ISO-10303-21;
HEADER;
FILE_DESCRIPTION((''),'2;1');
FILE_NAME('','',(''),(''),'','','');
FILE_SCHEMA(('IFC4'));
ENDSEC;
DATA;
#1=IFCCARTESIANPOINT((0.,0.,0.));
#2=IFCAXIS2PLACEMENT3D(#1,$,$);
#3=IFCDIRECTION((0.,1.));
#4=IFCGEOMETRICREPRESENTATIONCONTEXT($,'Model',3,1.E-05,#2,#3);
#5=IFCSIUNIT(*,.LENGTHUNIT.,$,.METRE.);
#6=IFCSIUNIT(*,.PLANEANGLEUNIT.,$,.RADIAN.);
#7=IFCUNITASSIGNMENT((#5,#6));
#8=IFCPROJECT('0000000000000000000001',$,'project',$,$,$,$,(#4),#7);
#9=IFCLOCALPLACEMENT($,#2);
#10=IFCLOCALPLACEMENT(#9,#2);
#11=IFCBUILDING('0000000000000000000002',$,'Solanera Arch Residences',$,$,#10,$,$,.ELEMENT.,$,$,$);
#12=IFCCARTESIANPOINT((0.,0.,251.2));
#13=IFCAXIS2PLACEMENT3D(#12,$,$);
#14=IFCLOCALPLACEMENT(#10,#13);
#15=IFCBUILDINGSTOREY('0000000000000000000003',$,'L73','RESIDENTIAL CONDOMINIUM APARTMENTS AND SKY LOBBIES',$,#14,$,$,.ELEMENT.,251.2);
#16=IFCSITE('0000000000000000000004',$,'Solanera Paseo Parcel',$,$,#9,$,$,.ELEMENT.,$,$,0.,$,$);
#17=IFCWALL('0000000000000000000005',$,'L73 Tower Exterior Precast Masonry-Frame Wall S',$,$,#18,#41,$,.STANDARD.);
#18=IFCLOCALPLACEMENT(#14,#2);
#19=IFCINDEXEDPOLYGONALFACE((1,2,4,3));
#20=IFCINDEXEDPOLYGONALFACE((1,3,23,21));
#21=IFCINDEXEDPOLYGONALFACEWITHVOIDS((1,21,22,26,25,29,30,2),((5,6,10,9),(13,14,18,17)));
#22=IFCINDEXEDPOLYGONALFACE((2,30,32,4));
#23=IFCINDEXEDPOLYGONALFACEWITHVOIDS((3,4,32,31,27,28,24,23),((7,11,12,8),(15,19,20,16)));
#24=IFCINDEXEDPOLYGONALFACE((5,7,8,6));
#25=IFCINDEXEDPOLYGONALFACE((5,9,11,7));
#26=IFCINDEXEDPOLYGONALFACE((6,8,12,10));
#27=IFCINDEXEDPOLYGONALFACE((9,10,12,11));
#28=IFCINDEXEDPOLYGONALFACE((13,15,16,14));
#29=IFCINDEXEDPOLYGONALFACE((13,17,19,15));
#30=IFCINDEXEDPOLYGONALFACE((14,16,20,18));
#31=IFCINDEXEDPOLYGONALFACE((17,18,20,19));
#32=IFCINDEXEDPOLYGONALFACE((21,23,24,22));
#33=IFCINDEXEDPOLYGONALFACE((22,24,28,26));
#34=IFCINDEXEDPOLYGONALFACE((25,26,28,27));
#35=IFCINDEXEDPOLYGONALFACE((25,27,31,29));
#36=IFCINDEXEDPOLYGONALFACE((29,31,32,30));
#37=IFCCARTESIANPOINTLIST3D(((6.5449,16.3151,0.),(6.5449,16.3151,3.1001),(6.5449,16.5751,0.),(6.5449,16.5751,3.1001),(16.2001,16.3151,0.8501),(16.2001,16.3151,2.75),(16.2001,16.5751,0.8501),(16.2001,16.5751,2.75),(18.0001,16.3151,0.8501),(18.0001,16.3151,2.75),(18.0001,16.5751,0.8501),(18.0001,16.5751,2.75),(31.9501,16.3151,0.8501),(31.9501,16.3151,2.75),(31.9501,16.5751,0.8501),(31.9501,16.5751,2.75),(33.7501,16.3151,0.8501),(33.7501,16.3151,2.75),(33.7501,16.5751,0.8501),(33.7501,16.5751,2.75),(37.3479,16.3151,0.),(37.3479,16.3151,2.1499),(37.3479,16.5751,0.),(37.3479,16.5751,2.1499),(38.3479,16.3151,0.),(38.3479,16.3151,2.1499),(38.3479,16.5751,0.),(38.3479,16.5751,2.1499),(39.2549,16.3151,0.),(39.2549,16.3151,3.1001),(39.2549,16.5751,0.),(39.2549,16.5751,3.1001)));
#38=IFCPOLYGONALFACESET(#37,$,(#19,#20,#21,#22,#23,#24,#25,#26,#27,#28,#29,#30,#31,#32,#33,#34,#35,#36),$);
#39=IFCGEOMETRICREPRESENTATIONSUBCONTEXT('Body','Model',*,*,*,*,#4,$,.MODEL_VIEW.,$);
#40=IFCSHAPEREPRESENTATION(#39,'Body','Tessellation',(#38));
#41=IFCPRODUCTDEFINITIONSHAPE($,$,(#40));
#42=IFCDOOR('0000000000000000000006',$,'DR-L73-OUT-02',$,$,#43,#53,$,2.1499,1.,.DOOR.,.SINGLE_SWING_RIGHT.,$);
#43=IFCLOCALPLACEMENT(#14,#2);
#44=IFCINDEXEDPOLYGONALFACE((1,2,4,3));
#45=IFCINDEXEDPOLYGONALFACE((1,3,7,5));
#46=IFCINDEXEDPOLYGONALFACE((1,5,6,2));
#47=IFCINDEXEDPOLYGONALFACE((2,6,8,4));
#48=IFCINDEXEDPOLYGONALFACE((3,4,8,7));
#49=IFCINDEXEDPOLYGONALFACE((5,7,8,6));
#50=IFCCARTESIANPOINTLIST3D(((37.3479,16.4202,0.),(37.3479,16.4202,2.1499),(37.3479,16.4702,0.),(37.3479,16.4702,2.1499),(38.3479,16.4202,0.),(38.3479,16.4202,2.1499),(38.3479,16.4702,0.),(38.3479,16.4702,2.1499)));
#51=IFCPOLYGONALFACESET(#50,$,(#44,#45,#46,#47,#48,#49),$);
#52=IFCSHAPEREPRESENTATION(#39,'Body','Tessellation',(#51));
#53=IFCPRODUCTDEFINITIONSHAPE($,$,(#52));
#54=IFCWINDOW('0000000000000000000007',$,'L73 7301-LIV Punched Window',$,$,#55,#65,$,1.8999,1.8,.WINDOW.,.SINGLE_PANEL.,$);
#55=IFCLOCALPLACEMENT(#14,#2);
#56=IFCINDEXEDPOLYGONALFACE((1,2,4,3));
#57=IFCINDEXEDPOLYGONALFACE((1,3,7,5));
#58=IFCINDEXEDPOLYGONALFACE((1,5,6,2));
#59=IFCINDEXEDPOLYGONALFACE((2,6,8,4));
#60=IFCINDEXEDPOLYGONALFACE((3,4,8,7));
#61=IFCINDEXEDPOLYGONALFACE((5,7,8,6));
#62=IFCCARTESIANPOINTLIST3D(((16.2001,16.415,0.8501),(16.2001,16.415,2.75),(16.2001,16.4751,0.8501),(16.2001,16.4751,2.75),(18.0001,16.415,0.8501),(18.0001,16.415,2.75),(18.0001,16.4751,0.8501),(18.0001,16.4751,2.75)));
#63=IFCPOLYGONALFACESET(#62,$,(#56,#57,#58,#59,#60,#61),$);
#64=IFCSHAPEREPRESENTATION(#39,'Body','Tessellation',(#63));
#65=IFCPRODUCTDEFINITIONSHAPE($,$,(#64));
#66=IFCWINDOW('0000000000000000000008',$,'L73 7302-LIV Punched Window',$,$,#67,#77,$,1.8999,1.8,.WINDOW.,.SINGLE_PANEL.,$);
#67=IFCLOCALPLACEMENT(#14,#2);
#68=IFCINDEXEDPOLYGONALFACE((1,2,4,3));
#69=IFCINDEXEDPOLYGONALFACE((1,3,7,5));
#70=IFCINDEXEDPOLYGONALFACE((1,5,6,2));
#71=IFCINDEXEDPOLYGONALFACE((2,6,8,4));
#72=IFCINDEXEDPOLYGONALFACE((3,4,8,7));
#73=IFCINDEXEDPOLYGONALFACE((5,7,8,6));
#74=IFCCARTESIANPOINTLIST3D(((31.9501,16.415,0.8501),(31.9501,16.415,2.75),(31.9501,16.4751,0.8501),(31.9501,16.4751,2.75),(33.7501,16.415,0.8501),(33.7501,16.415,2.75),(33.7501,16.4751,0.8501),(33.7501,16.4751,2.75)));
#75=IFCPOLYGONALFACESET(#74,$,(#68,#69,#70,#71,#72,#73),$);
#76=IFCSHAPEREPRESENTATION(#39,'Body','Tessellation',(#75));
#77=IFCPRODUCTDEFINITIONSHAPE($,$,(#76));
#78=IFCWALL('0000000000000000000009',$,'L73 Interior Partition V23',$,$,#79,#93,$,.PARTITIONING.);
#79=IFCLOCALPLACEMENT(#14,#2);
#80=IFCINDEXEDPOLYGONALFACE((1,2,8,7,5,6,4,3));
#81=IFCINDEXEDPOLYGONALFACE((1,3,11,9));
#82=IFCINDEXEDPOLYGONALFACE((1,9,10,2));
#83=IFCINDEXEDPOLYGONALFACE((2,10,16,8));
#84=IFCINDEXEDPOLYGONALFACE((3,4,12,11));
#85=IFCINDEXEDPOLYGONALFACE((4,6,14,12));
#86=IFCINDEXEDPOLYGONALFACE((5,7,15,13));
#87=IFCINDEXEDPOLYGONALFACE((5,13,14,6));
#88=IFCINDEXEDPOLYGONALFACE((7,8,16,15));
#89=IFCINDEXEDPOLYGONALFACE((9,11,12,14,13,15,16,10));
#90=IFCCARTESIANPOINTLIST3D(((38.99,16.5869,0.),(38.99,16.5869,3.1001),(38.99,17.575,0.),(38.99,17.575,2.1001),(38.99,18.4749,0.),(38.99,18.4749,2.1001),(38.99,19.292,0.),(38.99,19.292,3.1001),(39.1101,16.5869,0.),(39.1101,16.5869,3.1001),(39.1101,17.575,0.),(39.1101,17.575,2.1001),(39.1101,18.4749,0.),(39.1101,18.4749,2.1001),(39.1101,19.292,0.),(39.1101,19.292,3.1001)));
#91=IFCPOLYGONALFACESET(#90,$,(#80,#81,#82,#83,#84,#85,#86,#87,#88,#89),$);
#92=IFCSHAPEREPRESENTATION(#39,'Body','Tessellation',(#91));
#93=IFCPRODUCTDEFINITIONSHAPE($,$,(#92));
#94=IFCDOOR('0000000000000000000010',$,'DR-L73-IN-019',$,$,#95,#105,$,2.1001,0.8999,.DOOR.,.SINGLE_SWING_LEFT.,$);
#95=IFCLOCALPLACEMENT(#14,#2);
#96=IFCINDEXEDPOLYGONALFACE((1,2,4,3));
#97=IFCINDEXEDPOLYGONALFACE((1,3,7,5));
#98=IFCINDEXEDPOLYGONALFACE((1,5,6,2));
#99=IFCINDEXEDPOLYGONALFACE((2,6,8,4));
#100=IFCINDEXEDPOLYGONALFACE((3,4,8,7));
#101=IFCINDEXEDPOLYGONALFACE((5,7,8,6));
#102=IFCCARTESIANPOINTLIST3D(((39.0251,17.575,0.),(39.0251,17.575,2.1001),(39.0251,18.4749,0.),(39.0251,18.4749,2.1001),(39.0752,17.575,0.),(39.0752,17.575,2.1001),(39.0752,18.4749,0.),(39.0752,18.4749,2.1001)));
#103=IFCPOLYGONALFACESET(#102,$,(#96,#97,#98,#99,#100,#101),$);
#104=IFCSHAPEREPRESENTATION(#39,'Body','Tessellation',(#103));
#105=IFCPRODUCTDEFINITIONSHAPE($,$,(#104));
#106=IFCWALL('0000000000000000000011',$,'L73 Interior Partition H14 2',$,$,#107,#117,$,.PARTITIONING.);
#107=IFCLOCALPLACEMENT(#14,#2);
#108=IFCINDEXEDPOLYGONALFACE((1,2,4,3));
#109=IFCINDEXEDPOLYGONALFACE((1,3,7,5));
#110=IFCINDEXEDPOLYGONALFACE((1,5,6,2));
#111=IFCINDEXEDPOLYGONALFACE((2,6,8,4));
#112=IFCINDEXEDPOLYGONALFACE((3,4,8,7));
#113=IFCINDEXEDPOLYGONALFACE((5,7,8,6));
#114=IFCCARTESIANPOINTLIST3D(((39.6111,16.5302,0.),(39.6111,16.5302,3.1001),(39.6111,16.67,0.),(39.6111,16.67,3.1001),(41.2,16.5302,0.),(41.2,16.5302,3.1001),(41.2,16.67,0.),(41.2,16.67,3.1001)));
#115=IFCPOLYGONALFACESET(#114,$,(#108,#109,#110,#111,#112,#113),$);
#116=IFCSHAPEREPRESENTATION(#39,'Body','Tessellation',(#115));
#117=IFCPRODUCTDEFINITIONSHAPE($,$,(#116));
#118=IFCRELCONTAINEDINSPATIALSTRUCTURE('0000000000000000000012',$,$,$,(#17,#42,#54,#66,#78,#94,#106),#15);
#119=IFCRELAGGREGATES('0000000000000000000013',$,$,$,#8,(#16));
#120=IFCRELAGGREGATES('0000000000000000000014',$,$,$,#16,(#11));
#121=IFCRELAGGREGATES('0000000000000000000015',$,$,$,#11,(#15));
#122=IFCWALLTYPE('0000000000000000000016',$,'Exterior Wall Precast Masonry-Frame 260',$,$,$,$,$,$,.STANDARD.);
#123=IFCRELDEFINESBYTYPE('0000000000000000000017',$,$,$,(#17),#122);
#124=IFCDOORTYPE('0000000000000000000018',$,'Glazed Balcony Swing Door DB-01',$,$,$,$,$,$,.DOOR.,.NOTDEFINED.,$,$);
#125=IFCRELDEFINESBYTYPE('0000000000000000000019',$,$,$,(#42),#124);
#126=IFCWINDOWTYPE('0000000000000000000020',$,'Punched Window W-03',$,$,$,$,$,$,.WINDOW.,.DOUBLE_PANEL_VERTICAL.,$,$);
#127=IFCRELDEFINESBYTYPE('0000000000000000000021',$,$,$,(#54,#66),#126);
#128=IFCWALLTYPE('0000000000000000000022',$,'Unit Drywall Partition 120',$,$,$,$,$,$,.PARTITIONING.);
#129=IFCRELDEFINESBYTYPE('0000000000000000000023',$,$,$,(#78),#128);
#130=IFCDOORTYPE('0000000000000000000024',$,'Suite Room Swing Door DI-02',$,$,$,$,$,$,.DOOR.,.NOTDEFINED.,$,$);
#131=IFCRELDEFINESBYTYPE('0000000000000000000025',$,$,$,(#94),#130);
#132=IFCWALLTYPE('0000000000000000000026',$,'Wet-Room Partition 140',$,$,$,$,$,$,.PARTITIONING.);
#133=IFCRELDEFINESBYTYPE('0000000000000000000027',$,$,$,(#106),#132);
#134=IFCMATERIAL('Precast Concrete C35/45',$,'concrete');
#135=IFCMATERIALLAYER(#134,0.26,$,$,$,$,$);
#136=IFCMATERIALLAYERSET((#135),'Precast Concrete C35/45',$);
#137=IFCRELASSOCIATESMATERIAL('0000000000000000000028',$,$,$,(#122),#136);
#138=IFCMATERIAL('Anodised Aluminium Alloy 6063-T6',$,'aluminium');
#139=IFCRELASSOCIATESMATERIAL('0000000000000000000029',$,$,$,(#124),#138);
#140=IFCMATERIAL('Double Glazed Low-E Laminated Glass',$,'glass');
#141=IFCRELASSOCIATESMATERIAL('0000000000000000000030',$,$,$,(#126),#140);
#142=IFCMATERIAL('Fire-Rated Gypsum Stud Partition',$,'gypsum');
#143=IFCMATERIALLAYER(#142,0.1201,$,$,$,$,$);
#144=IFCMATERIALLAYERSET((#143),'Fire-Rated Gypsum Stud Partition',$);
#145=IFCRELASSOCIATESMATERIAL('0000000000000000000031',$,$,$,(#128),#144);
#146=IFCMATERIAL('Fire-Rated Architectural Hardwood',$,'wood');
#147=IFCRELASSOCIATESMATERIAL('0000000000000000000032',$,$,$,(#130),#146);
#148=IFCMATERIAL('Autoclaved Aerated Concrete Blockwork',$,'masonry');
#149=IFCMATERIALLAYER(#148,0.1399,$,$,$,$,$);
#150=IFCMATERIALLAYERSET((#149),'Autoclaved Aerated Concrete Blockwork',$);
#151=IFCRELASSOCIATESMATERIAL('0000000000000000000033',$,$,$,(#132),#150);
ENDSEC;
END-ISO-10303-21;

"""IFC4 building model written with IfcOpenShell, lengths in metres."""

from ifc_helpers import new_model, si_unit, direction, frame, frame_2d, origin, place, context, subcontext, project, spatial, rectangle, extrude, material, layer, layer_set, type_object, element, fill, save


model = new_model("IFC4")

# Units and contexts
model_context = context("Model", 3, precision=1e-05, world=origin(), true_north=direction((0.0, 1.0)))
body_context = subcontext(model_context, "Body", "Model", "MODEL_VIEW")
ifc_project = project(units=[si_unit("LENGTHUNIT", "METRE"), si_unit("PLANEANGLEUNIT", "RADIAN")], contexts=[model_context])

# Site, building, storey
site_placement = place(None, origin())
site = spatial("IfcSite", under=ifc_project, at=site_placement, Name="Solanera Paseo Parcel", CompositionType="ELEMENT", RefElevation=0.0)
building_placement = place(site_placement, origin())
building = spatial("IfcBuilding", under=site, at=building_placement, Name="Solanera Arch Residences", CompositionType="ELEMENT")
storey_placement = place(building_placement, frame((0.0, 0.0, 251.2)))
storey = spatial("IfcBuildingStorey", under=building, at=storey_placement, Name="L73", Description="RESIDENTIAL CONDOMINIUM APARTMENTS AND SKY LOBBIES", CompositionType="ELEMENT", Elevation=251.2)

# Shared definitions
ifc_material_1 = material(Name="Precast Concrete C35/45", Category="concrete")
ifc_layer_1 = layer(ifc_material_1, 0.26)
ifc_layer_set_1 = layer_set([ifc_layer_1], Name="Precast Concrete C35/45")
wall_type_1 = type_object("IfcWallType", Name="Exterior Wall Precast Masonry-Frame 260", PredefinedType="STANDARD", material=ifc_layer_set_1)

# Wall, openings, door, windows
wall_1_placement = place(storey_placement, frame((39.2549, 16.4451, 0.0), z_axis=(0.0, 0.0, 1.0), x_axis=(-1.0, 0.0, 0.0)))
wall_1 = element("IfcWall", 1, at=wall_1_placement, inside=storey, type_object=wall_type_1, Name="L73 Tower Exterior Precast Masonry-Frame Wall S", PredefinedType="STANDARD", context=body_context, shape_type="SweptSolid", body=[
    extrude(rectangle(XDim=32.71, YDim=0.26, at=frame_2d((16.355, 0.0))), origin(), (0.0, 0.0, 1.0), 3.1001),
])
opening_1_placement = place(wall_1_placement, frame((0.907, 0.0, 0.0)))
opening_1 = element("IfcOpeningElement", 2, at=opening_1_placement, cuts=wall_1, PredefinedType="OPENING", context=body_context, shape_type="SweptSolid", body=[
    extrude(rectangle(XDim=1.0, YDim=2.1499, at=frame_2d((0.5, 1.075))), frame((0.0, 0.1399, 0.0), z_axis=(0.0, -1.0, 0.0), x_axis=(1.0, 0.0, 0.0)), (0.0, 0.0, 1.0), 0.28),
])
opening_2_placement = place(wall_1_placement, frame((21.2549, 0.0, 0.8501)))
opening_2 = element("IfcOpeningElement", 3, at=opening_2_placement, cuts=wall_1, PredefinedType="OPENING", context=body_context, shape_type="SweptSolid", body=[
    extrude(rectangle(XDim=1.8, YDim=1.8999, at=frame_2d((0.8999, 0.95))), frame((0.0, 0.1399, 0.0), z_axis=(0.0, -1.0, 0.0), x_axis=(1.0, 0.0, 0.0)), (0.0, 0.0, 1.0), 0.28),
])
opening_3_placement = place(wall_1_placement, frame((5.5049, 0.0, 0.8501)))
opening_3 = element("IfcOpeningElement", 4, at=opening_3_placement, cuts=wall_1, PredefinedType="OPENING", context=body_context, shape_type="SweptSolid", body=[
    extrude(rectangle(XDim=1.8, YDim=1.8999, at=frame_2d((0.8999, 0.95))), frame((0.0, 0.1399, 0.0), z_axis=(0.0, -1.0, 0.0), x_axis=(1.0, 0.0, 0.0)), (0.0, 0.0, 1.0), 0.28),
])
ifc_material_2 = material(Name="Anodised Aluminium Alloy 6063-T6", Category="aluminium")
door_type_1 = type_object("IfcDoorType", Name="Glazed Balcony Swing Door DB-01", OperationType="NOTDEFINED", PredefinedType="DOOR", material=ifc_material_2)
door_1_placement = place(opening_1_placement, origin())
door_1 = element("IfcDoor", 5, at=door_1_placement, inside=storey, type_object=door_type_1, Name="DR-L73-OUT-02", OperationType="SINGLE_SWING_RIGHT", OverallHeight=2.1499, OverallWidth=1.0, PredefinedType="DOOR", context=body_context, shape_type="SweptSolid", body=[
    extrude(rectangle(XDim=1.0, YDim=2.1499, at=frame_2d((0.5, 1.075))), frame((0.0, 0.0249, 0.0), z_axis=(0.0, -1.0, 0.0), x_axis=(1.0, 0.0, 0.0)), (0.0, 0.0, 1.0), 0.05),
])
fill(opening_1, door_1)
ifc_material_3 = material(Name="Double Glazed Low-E Laminated Glass", Category="glass")
window_type = type_object("IfcWindowType", Name="Punched Window W-03", PartitioningType="DOUBLE_PANEL_VERTICAL", PredefinedType="WINDOW", material=ifc_material_3)
window_1_placement = place(opening_2_placement, origin())
window_1 = element("IfcWindow", 6, at=window_1_placement, inside=storey, type_object=window_type, Name="L73 7301-LIV Punched Window", OverallHeight=1.8999, OverallWidth=1.8, PartitioningType="SINGLE_PANEL", PredefinedType="WINDOW", context=body_context, shape_type="SweptSolid", body=[
    extrude(rectangle(XDim=1.8, YDim=1.8999, at=frame_2d((0.8999, 0.95))), frame((0.0, 0.03, 0.0), z_axis=(0.0, -1.0, 0.0), x_axis=(1.0, 0.0, 0.0)), (0.0, 0.0, 1.0), 0.0601),
])
fill(opening_2, window_1)
window_2_placement = place(opening_3_placement, origin())
window_2 = element("IfcWindow", 7, at=window_2_placement, inside=storey, type_object=window_type, Name="L73 7302-LIV Punched Window", OverallHeight=1.8999, OverallWidth=1.8, PartitioningType="SINGLE_PANEL", PredefinedType="WINDOW", context=body_context, shape_type="SweptSolid", body=[
    extrude(rectangle(XDim=1.8, YDim=1.8999, at=frame_2d((0.8999, 0.95))), frame((0.0, 0.03, 0.0), z_axis=(0.0, -1.0, 0.0), x_axis=(1.0, 0.0, 0.0)), (0.0, 0.0, 1.0), 0.0601),
])
fill(opening_3, window_2)

# Wall, opening, door
ifc_material_4 = material(Name="Fire-Rated Gypsum Stud Partition", Category="gypsum")
ifc_layer_2 = layer(ifc_material_4, 0.1201)
ifc_layer_set_2 = layer_set([ifc_layer_2], Name="Fire-Rated Gypsum Stud Partition")
wall_type_2 = type_object("IfcWallType", Name="Unit Drywall Partition 120", PredefinedType="PARTITIONING", material=ifc_layer_set_2)
wall_2_placement = place(storey_placement, frame((39.05, 16.5869, 0.0), z_axis=(0.0, 0.0, 1.0), x_axis=(0.0, 1.0, 0.0)))
wall_2 = element("IfcWall", 8, at=wall_2_placement, inside=storey, type_object=wall_type_2, Name="L73 Interior Partition V23", PredefinedType="PARTITIONING", context=body_context, shape_type="SweptSolid", body=[
    extrude(rectangle(XDim=2.7051, YDim=0.1201, at=frame_2d((1.3525, 0.0))), origin(), (0.0, 0.0, 1.0), 3.1001),
])
opening_4_placement = place(wall_2_placement, frame((0.988, 0.0, 0.0)))
opening_4 = element("IfcOpeningElement", 9, at=opening_4_placement, cuts=wall_2, PredefinedType="OPENING", context=body_context, shape_type="SweptSolid", body=[
    extrude(rectangle(XDim=0.8999, YDim=2.1001, at=frame_2d((0.45, 1.05))), frame((0.0, 0.0701, 0.0), z_axis=(0.0, -1.0, 0.0), x_axis=(1.0, 0.0, 0.0)), (0.0, 0.0, 1.0), 0.1401),
])
ifc_material_5 = material(Name="Fire-Rated Architectural Hardwood", Category="wood")
door_type_2 = type_object("IfcDoorType", Name="Suite Room Swing Door DI-02", OperationType="NOTDEFINED", PredefinedType="DOOR", material=ifc_material_5)
door_2_placement = place(opening_4_placement, origin())
door_2 = element("IfcDoor", 10, at=door_2_placement, inside=storey, type_object=door_type_2, Name="DR-L73-IN-019", OperationType="SINGLE_SWING_LEFT", OverallHeight=2.1001, OverallWidth=0.8999, PredefinedType="DOOR", context=body_context, shape_type="SweptSolid", body=[
    extrude(rectangle(XDim=0.8999, YDim=2.1001, at=frame_2d((0.45, 1.05))), frame((0.0, 0.0249, 0.0), z_axis=(0.0, -1.0, 0.0), x_axis=(1.0, 0.0, 0.0)), (0.0, 0.0, 1.0), 0.05),
])
fill(opening_4, door_2)

# Wall
ifc_material_6 = material(Name="Autoclaved Aerated Concrete Blockwork", Category="masonry")
ifc_layer_3 = layer(ifc_material_6, 0.1399)
ifc_layer_set_3 = layer_set([ifc_layer_3], Name="Autoclaved Aerated Concrete Blockwork")
wall_type_3 = type_object("IfcWallType", Name="Wet-Room Partition 140", PredefinedType="PARTITIONING", material=ifc_layer_set_3)
wall_3_placement = place(storey_placement, frame((39.6111, 16.6001, 0.0), z_axis=(0.0, 0.0, 1.0), x_axis=(1.0, 0.0, 0.0)))
element("IfcWall", 11, at=wall_3_placement, inside=storey, type_object=wall_type_3, Name="L73 Interior Partition H14 2", PredefinedType="PARTITIONING", context=body_context, shape_type="SweptSolid", body=[
    extrude(rectangle(XDim=1.5889, YDim=0.1399, at=frame_2d((0.7944, 0.0))), origin(), (0.0, 0.0, 1.0), 3.1001),
])

save(model, "model.ifc")
